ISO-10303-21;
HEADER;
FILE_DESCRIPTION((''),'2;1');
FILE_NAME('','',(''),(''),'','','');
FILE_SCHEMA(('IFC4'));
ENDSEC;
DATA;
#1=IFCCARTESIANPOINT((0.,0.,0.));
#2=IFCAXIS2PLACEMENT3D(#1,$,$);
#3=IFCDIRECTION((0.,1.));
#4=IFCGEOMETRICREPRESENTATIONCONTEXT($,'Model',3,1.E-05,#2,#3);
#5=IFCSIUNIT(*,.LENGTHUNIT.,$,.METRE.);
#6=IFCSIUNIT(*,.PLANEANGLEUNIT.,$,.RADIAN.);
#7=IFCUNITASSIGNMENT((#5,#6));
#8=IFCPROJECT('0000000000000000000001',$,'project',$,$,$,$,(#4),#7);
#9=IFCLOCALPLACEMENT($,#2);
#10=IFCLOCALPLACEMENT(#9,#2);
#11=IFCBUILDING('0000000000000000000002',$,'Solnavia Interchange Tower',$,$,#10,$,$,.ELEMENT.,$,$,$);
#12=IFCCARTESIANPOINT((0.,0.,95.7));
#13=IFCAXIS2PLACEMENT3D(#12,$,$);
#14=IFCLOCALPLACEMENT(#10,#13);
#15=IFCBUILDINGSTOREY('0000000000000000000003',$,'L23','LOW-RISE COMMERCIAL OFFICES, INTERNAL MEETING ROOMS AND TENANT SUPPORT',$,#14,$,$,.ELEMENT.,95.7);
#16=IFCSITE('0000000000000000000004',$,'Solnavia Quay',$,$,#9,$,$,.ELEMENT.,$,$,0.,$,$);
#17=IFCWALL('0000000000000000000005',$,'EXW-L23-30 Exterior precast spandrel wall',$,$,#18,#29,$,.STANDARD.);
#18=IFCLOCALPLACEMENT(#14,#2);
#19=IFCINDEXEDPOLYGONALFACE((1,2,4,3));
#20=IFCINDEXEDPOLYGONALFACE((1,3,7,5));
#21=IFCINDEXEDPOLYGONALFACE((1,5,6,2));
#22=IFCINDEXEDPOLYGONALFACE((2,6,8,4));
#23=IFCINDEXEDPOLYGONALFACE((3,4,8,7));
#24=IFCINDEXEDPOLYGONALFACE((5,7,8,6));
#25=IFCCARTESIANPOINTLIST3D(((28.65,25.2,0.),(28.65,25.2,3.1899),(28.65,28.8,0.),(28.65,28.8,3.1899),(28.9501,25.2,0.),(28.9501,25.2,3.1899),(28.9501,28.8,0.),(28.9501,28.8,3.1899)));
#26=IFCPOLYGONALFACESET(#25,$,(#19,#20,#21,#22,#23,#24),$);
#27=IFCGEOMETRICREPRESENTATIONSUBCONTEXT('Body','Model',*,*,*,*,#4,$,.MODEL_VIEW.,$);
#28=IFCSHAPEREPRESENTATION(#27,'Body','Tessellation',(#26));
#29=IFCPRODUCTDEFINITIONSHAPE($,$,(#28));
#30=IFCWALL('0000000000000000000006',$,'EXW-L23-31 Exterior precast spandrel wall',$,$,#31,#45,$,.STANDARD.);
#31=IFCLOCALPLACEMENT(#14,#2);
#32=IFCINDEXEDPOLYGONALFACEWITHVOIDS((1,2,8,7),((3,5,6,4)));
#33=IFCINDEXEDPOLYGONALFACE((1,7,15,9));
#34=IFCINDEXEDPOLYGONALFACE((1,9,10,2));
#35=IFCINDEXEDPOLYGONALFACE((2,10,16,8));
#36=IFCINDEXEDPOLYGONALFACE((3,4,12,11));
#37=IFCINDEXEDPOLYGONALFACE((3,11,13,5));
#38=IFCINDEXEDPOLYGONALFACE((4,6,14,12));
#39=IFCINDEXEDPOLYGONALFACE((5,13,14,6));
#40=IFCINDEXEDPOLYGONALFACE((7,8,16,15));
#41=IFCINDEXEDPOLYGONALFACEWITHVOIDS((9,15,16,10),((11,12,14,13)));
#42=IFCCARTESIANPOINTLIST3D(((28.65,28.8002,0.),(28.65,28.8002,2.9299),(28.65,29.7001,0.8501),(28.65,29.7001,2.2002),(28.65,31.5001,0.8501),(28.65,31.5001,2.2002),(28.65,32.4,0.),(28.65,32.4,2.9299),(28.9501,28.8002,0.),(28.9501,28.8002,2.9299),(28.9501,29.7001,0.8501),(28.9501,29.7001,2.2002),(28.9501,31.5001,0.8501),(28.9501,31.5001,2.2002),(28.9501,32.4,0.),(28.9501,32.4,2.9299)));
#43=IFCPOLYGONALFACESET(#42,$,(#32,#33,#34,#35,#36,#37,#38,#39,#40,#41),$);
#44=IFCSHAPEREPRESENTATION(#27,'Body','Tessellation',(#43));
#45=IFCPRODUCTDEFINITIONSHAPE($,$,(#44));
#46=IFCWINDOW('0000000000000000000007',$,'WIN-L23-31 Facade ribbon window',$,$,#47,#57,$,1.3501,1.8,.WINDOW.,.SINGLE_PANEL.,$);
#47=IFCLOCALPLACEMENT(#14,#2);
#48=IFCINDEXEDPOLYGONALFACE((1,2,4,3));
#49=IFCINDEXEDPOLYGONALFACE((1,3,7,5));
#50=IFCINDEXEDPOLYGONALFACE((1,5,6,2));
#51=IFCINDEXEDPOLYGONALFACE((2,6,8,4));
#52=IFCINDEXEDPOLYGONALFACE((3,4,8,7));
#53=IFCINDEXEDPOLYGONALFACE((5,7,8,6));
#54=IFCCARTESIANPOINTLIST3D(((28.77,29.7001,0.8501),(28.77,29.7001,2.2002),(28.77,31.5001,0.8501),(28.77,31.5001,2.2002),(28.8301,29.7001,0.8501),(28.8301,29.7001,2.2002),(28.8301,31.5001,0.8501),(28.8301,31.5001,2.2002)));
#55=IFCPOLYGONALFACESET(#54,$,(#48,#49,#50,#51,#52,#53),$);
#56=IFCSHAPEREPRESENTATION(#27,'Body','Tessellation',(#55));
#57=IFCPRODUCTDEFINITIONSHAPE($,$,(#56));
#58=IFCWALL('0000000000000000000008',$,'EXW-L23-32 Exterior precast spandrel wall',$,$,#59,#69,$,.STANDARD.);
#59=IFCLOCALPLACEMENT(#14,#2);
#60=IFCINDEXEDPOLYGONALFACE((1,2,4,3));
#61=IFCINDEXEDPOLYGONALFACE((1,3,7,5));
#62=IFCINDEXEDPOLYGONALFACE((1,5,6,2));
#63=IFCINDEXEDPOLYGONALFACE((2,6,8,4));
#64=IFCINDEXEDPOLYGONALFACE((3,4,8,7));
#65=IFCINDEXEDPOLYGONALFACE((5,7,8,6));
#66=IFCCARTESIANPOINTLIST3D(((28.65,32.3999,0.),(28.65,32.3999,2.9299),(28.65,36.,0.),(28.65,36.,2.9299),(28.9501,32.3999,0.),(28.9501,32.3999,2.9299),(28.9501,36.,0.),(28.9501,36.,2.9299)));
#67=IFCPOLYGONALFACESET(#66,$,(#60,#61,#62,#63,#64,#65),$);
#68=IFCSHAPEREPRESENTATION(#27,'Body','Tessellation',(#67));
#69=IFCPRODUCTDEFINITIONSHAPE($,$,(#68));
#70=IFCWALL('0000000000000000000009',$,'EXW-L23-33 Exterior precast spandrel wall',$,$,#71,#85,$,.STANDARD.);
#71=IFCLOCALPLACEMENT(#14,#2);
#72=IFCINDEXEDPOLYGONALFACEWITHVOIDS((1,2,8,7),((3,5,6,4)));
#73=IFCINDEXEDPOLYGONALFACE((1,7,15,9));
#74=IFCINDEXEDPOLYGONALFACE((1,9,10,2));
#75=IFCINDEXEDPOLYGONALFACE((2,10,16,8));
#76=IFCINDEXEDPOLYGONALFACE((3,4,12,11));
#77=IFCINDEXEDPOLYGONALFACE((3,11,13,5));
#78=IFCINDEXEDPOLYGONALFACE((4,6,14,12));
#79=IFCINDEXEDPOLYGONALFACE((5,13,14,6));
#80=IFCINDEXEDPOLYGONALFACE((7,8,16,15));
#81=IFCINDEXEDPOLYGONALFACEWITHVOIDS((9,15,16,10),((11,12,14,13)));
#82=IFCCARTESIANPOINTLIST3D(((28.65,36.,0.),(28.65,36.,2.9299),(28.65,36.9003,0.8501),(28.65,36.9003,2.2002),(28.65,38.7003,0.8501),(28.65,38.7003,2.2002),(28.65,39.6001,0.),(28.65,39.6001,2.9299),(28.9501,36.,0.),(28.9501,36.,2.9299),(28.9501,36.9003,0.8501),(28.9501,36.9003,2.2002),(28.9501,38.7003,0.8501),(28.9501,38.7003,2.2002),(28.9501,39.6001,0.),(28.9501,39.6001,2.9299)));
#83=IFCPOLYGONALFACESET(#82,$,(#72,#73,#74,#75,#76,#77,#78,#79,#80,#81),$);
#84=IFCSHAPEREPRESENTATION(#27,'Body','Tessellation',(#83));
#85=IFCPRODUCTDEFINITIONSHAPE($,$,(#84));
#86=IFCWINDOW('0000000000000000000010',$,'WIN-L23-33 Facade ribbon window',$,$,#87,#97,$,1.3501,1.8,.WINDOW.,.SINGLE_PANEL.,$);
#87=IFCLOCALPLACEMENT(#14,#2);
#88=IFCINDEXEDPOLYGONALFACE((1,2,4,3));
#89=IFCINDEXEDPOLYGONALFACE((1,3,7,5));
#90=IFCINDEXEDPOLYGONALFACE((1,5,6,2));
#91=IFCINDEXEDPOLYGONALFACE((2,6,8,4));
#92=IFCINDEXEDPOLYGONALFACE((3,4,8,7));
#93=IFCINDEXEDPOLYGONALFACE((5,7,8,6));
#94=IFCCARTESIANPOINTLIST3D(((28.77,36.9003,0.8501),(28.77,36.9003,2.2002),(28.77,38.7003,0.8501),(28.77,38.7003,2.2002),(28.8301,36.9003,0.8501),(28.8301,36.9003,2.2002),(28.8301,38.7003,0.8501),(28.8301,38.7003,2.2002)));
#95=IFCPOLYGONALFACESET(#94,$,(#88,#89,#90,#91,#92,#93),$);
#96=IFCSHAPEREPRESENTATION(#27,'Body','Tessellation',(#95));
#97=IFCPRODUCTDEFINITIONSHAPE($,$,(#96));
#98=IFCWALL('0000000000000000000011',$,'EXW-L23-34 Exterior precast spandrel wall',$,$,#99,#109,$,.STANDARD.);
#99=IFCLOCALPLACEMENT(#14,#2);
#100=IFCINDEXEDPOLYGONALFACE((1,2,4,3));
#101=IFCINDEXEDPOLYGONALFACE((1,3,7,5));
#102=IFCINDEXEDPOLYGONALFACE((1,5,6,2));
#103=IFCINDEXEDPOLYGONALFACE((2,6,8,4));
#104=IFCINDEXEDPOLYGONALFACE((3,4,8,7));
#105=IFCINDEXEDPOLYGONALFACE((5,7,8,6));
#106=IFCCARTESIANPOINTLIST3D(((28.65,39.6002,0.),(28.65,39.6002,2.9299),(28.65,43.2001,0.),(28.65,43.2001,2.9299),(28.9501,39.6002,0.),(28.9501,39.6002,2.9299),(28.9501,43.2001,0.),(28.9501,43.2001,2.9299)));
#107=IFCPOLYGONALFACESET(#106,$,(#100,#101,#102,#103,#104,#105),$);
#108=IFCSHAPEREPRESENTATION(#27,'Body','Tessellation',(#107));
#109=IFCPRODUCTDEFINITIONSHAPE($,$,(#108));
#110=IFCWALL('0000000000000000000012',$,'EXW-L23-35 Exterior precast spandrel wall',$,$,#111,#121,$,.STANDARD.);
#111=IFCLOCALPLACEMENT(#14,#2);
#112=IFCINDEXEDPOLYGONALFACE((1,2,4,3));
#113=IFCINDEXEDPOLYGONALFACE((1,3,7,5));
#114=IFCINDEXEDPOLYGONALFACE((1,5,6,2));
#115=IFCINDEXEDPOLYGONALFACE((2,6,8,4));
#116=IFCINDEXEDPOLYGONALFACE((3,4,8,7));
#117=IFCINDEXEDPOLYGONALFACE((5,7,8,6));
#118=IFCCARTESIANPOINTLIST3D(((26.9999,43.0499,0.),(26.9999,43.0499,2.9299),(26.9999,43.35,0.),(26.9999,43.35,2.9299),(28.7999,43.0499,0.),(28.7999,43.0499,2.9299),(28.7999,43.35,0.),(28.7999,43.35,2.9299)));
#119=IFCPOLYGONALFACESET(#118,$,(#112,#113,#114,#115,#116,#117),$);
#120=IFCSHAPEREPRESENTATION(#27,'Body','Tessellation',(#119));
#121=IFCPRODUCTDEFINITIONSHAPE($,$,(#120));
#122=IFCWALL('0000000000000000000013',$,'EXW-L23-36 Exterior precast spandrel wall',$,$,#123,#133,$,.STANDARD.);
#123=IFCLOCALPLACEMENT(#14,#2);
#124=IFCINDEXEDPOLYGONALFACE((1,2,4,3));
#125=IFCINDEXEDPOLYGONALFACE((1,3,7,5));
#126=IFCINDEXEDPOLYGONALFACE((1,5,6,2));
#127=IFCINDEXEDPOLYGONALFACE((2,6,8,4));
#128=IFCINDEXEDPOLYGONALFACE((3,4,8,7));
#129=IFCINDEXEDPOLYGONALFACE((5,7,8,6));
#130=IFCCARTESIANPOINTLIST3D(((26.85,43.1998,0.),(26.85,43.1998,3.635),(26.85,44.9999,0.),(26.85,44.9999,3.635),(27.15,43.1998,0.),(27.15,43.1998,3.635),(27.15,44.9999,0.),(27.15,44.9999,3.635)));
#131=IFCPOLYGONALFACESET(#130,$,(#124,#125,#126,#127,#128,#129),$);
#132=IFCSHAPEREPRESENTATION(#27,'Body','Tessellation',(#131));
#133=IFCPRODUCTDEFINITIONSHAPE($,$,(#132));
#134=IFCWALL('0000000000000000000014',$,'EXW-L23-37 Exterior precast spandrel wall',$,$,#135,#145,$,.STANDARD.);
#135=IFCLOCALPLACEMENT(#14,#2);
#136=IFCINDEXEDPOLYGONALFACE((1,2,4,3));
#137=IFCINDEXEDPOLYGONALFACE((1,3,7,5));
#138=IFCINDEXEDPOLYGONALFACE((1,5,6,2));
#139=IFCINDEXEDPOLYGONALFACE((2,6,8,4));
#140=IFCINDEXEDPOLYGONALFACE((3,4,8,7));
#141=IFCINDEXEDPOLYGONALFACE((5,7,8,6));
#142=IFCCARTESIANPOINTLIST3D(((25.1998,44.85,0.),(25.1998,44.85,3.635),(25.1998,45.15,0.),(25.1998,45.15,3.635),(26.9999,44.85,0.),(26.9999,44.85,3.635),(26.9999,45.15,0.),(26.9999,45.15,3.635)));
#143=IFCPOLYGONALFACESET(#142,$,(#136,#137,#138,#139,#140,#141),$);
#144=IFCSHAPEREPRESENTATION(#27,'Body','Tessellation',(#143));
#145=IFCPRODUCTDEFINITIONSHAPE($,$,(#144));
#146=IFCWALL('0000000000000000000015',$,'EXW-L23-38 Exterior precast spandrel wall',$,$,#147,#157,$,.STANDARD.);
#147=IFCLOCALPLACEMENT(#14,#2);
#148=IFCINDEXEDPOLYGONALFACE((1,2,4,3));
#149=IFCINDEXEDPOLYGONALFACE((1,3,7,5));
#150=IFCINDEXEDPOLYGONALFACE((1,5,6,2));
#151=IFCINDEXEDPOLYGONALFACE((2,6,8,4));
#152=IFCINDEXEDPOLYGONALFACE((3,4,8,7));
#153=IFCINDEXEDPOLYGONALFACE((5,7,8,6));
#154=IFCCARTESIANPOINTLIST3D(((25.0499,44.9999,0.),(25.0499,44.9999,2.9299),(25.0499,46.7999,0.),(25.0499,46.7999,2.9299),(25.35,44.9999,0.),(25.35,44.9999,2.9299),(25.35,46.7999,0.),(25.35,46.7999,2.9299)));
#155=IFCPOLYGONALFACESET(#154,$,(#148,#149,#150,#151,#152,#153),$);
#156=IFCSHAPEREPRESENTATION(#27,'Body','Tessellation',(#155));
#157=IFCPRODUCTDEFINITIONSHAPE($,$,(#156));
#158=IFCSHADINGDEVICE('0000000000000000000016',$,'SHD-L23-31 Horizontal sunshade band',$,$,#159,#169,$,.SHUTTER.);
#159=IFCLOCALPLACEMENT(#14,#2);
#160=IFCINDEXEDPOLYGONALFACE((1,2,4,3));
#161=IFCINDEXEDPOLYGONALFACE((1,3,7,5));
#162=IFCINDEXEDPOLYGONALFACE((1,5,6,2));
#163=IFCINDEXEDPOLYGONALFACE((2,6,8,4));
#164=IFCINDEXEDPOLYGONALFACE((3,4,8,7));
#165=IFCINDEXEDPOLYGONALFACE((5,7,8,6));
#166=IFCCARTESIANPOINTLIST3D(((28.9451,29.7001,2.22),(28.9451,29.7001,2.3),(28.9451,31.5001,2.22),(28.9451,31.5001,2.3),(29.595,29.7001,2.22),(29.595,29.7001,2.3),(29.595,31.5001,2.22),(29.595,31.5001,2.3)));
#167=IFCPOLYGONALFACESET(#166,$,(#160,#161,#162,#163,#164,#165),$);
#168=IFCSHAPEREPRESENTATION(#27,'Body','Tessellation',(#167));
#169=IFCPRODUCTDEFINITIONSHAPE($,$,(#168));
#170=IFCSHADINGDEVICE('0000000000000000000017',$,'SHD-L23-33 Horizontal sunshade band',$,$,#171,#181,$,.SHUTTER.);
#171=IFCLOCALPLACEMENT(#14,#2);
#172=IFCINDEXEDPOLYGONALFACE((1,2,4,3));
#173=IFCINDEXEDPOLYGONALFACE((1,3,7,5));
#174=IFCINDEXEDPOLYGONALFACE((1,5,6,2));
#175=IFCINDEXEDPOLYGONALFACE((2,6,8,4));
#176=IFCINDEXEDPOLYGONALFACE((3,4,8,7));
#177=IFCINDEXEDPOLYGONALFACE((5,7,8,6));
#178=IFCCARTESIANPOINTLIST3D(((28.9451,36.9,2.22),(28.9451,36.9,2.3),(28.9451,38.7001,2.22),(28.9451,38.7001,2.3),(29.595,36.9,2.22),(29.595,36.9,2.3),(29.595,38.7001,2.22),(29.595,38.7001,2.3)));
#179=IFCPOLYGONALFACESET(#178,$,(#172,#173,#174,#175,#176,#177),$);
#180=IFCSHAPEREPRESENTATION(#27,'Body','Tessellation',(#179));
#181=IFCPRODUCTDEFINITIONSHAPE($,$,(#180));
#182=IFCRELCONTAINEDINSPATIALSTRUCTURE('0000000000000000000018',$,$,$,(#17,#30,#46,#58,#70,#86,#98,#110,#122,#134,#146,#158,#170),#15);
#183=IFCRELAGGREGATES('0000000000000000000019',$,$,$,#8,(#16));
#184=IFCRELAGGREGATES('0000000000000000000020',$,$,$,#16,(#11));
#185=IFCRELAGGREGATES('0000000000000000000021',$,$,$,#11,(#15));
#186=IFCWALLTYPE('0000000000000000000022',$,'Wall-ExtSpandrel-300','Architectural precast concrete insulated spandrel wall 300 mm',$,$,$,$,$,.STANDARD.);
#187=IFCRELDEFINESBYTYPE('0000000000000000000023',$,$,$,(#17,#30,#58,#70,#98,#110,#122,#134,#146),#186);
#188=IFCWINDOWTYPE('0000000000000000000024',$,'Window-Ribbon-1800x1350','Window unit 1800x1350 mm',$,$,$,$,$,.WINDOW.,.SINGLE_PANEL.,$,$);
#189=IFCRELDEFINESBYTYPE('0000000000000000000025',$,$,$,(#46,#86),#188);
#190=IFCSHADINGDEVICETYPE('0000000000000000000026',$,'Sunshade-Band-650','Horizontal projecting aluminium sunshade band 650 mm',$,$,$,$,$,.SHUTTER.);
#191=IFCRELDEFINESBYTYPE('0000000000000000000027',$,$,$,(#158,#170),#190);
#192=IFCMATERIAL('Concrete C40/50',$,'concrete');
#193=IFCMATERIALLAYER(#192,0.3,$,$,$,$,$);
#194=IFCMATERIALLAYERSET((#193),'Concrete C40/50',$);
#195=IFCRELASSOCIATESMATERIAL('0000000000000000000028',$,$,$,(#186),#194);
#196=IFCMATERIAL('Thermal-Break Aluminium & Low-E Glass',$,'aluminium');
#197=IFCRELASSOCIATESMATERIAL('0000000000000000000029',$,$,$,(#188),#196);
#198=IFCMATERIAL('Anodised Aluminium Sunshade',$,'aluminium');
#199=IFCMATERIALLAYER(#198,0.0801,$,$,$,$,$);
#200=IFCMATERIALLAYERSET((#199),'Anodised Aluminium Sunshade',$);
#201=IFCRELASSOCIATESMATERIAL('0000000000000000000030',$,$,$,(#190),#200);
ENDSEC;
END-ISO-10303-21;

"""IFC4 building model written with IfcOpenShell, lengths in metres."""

from ifc_helpers import new_model, si_unit, direction, frame, frame_2d, origin, origin_2d, place, context, subcontext, project, spatial, rectangle, extrude, material, layer, layer_set, type_object, element, fill, save


model = new_model("IFC4")

# Units and contexts
model_context = context("Model", 3, precision=1e-05, world=origin(), true_north=direction((0.0, 1.0)))
body_context = subcontext(model_context, "Body", "Model", "MODEL_VIEW")
ifc_project = project(units=[si_unit("LENGTHUNIT", "METRE"), si_unit("PLANEANGLEUNIT", "RADIAN")], contexts=[model_context])

# Site, building, storey
site_placement = place(None, origin())
site = spatial("IfcSite", under=ifc_project, at=site_placement, Name="Solnavia Quay", CompositionType="ELEMENT", RefElevation=0.0)
building_placement = place(site_placement, origin())
building = spatial("IfcBuilding", under=site, at=building_placement, Name="Solnavia Interchange Tower", CompositionType="ELEMENT")
storey_placement = place(building_placement, frame((0.0, 0.0, 95.7)))
storey = spatial("IfcBuildingStorey", under=building, at=storey_placement, Name="L23", Description="LOW-RISE COMMERCIAL OFFICES, INTERNAL MEETING ROOMS AND TENANT SUPPORT", CompositionType="ELEMENT", Elevation=95.7)

# Wall
ifc_material_1 = material(Name="Concrete C40/50", Category="concrete")
ifc_layer_1 = layer(ifc_material_1, 0.3)
ifc_layer_set_1 = layer_set([ifc_layer_1], Name="Concrete C40/50")
wall_type = type_object("IfcWallType", Name="Wall-ExtSpandrel-300", Description="Architectural precast concrete insulated spandrel wall 300 mm", PredefinedType="STANDARD", material=ifc_layer_set_1)
wall_1_placement = place(storey_placement, frame((28.8, 28.8, 0.0), z_axis=(0.0, 0.0, 1.0), x_axis=(0.0, -1.0, 0.0)))
element("IfcWall", 1, at=wall_1_placement, inside=storey, type_object=wall_type, Name="EXW-L23-30 Exterior precast spandrel wall", PredefinedType="STANDARD", context=body_context, shape_type="SweptSolid", body=[
    extrude(rectangle(XDim=3.6001, YDim=0.3, at=frame_2d((1.8, 0.0))), origin(), (0.0, 0.0, 1.0), 3.1899),
])

# Wall, opening, window
wall_2_placement = place(storey_placement, frame((28.8, 32.3999, 0.0), z_axis=(0.0, 0.0, 1.0), x_axis=(0.0, -1.0, 0.0)))
wall_2 = element("IfcWall", 2, at=wall_2_placement, inside=storey, type_object=wall_type, Name="EXW-L23-31 Exterior precast spandrel wall", PredefinedType="STANDARD", context=body_context, shape_type="SweptSolid", body=[
    extrude(rectangle(XDim=3.5999, YDim=0.3, at=frame_2d((1.7998, 0.0))), origin(), (0.0, 0.0, 1.0), 2.9299),
])
opening_1_placement = place(wall_2_placement, frame((0.8999, 0.0, 0.8501)))
opening_1 = element("IfcOpeningElement", 3, at=opening_1_placement, cuts=wall_2, PredefinedType="OPENING", context=body_context, shape_type="SweptSolid", body=[
    extrude(rectangle(XDim=1.8, YDim=1.3501, at=frame_2d((0.8999, 0.675))), frame((0.0, 0.1602, 0.0), z_axis=(0.0, -1.0, 0.0), x_axis=(1.0, 0.0, 0.0)), (0.0, 0.0, 1.0), 0.3201),
])
ifc_material_2 = material(Name="Thermal-Break Aluminium & Low-E Glass", Category="aluminium")
window_type = type_object("IfcWindowType", Name="Window-Ribbon-1800x1350", Description="Window unit 1800x1350 mm", PartitioningType="SINGLE_PANEL", PredefinedType="WINDOW", material=ifc_material_2)
window_1_placement = place(opening_1_placement, origin())
window_1 = element("IfcWindow", 4, at=window_1_placement, inside=storey, type_object=window_type, Name="WIN-L23-31 Facade ribbon window", OverallHeight=1.3501, OverallWidth=1.8, PartitioningType="SINGLE_PANEL", PredefinedType="WINDOW", context=body_context, shape_type="SweptSolid", body=[
    extrude(rectangle(XDim=1.8, YDim=1.3501, at=frame_2d((0.8999, 0.675))), frame((0.0, 0.03, 0.0), z_axis=(0.0, -1.0, 0.0), x_axis=(1.0, 0.0, 0.0)), (0.0, 0.0, 1.0), 0.0601),
])
fill(opening_1, window_1)

# Wall
wall_3_placement = place(storey_placement, frame((28.8, 36.0, 0.0), z_axis=(0.0, 0.0, 1.0), x_axis=(0.0, -1.0, 0.0)))
element("IfcWall", 5, at=wall_3_placement, inside=storey, type_object=wall_type, Name="EXW-L23-32 Exterior precast spandrel wall", PredefinedType="STANDARD", context=body_context, shape_type="SweptSolid", body=[
    extrude(rectangle(XDim=3.6001, YDim=0.3, at=frame_2d((1.8, 0.0))), origin(), (0.0, 0.0, 1.0), 2.9299),
])

# Wall, opening, window
wall_4_placement = place(storey_placement, frame((28.8, 39.6001, 0.0), z_axis=(0.0, 0.0, 1.0), x_axis=(0.0, -1.0, 0.0)))
wall_4 = element("IfcWall", 6, at=wall_4_placement, inside=storey, type_object=wall_type, Name="EXW-L23-33 Exterior precast spandrel wall", PredefinedType="STANDARD", context=body_context, shape_type="SweptSolid", body=[
    extrude(rectangle(XDim=3.6001, YDim=0.3, at=frame_2d((1.8, 0.0))), origin(), (0.0, 0.0, 1.0), 2.9299),
])
opening_2_placement = place(wall_4_placement, frame((0.8999, 0.0, 0.8501)))
opening_2 = element("IfcOpeningElement", 7, at=opening_2_placement, cuts=wall_4, PredefinedType="OPENING", context=body_context, shape_type="SweptSolid", body=[
    extrude(rectangle(XDim=1.8, YDim=1.3501, at=frame_2d((0.8999, 0.675))), frame((0.0, 0.1602, 0.0), z_axis=(0.0, -1.0, 0.0), x_axis=(1.0, 0.0, 0.0)), (0.0, 0.0, 1.0), 0.3201),
])
window_2_placement = place(opening_2_placement, origin())
window_2 = element("IfcWindow", 8, at=window_2_placement, inside=storey, type_object=window_type, Name="WIN-L23-33 Facade ribbon window", OverallHeight=1.3501, OverallWidth=1.8, PartitioningType="SINGLE_PANEL", PredefinedType="WINDOW", context=body_context, shape_type="SweptSolid", body=[
    extrude(rectangle(XDim=1.8, YDim=1.3501, at=frame_2d((0.8999, 0.675))), frame((0.0, 0.03, 0.0), z_axis=(0.0, -1.0, 0.0), x_axis=(1.0, 0.0, 0.0)), (0.0, 0.0, 1.0), 0.0601),
])
fill(opening_2, window_2)

# Walls
wall_5_placement = place(storey_placement, frame((28.8, 43.2, 0.0), z_axis=(0.0, 0.0, 1.0), x_axis=(0.0, -1.0, 0.0)))
element("IfcWall", 9, at=wall_5_placement, inside=storey, type_object=wall_type, Name="EXW-L23-34 Exterior precast spandrel wall", PredefinedType="STANDARD", context=body_context, shape_type="SweptSolid", body=[
    extrude(rectangle(XDim=3.5999, YDim=0.3, at=frame_2d((1.7998, 0.0))), origin(), (0.0, 0.0, 1.0), 2.9299),
])
wall_6_placement = place(storey_placement, frame((27.0, 43.2, 0.0), z_axis=(0.0, 0.0, 1.0), x_axis=(1.0, 0.0, 0.0)))
element("IfcWall", 10, at=wall_6_placement, inside=storey, type_object=wall_type, Name="EXW-L23-35 Exterior precast spandrel wall", PredefinedType="STANDARD", context=body_context, shape_type="SweptSolid", body=[
    extrude(rectangle(XDim=1.8, YDim=0.3, at=frame_2d((0.8999, 0.0))), origin(), (0.0, 0.0, 1.0), 2.9299),
])
for number, where, z_axis, x_axis, name in (
    (11, (27.0, 43.2, 0.0), (0.0, 0.0, 1.0), (0.0, 1.0, 0.0), "EXW-L23-36 Exterior precast spandrel wall"),
    (12, (25.2, 45.0, 0.0), (0.0, 0.0, 1.0), (1.0, 0.0, 0.0), "EXW-L23-37 Exterior precast spandrel wall"),
):
    element("IfcWall", number, at=place(storey_placement, frame(where, z_axis=z_axis, x_axis=x_axis)), inside=storey, type_object=wall_type, Name=name, PredefinedType="STANDARD", context=body_context, shape_type="SweptSolid", body=[
        extrude(rectangle(XDim=1.8, YDim=0.3, at=frame_2d((0.8999, 0.0))), origin(), (0.0, 0.0, 1.0), 3.635),
    ])
wall_7_placement = place(storey_placement, frame((25.2, 45.0, 0.0), z_axis=(0.0, 0.0, 1.0), x_axis=(0.0, 1.0, 0.0)))
element("IfcWall", 13, at=wall_7_placement, inside=storey, type_object=wall_type, Name="EXW-L23-38 Exterior precast spandrel wall", PredefinedType="STANDARD", context=body_context, shape_type="SweptSolid", body=[
    extrude(rectangle(XDim=1.8, YDim=0.3, at=frame_2d((0.8999, 0.0))), origin(), (0.0, 0.0, 1.0), 2.9299),
])

# Shading devices
ifc_material_3 = material(Name="Anodised Aluminium Sunshade", Category="aluminium")
ifc_layer_2 = layer(ifc_material_3, 0.0801)
ifc_layer_set_2 = layer_set([ifc_layer_2], Name="Anodised Aluminium Sunshade")
shading_device_type = type_object("IfcShadingDeviceType", Name="Sunshade-Band-650", Description="Horizontal projecting aluminium sunshade band 650 mm", PredefinedType="SHUTTER", material=ifc_layer_set_2)
for number, where, z_axis, x_axis, name in (
    (14, (29.27, 30.6001, 2.22), (0.0, 0.0, 1.0), (0.0, -1.0, 0.0), "SHD-L23-31 Horizontal sunshade band"),
    (15, (29.27, 37.8, 2.22), (0.0, 0.0, 1.0), (0.0, -1.0, 0.0), "SHD-L23-33 Horizontal sunshade band"),
):
    element("IfcShadingDevice", number, at=place(storey_placement, frame(where, z_axis=z_axis, x_axis=x_axis)), inside=storey, type_object=shading_device_type, Name=name, PredefinedType="SHUTTER", context=body_context, shape_type="SweptSolid", body=[
        extrude(rectangle(XDim=1.8, YDim=0.6499, at=origin_2d()), origin(), (0.0, 0.0, 1.0), 0.0801),
    ])

save(model, "model.ifc")
